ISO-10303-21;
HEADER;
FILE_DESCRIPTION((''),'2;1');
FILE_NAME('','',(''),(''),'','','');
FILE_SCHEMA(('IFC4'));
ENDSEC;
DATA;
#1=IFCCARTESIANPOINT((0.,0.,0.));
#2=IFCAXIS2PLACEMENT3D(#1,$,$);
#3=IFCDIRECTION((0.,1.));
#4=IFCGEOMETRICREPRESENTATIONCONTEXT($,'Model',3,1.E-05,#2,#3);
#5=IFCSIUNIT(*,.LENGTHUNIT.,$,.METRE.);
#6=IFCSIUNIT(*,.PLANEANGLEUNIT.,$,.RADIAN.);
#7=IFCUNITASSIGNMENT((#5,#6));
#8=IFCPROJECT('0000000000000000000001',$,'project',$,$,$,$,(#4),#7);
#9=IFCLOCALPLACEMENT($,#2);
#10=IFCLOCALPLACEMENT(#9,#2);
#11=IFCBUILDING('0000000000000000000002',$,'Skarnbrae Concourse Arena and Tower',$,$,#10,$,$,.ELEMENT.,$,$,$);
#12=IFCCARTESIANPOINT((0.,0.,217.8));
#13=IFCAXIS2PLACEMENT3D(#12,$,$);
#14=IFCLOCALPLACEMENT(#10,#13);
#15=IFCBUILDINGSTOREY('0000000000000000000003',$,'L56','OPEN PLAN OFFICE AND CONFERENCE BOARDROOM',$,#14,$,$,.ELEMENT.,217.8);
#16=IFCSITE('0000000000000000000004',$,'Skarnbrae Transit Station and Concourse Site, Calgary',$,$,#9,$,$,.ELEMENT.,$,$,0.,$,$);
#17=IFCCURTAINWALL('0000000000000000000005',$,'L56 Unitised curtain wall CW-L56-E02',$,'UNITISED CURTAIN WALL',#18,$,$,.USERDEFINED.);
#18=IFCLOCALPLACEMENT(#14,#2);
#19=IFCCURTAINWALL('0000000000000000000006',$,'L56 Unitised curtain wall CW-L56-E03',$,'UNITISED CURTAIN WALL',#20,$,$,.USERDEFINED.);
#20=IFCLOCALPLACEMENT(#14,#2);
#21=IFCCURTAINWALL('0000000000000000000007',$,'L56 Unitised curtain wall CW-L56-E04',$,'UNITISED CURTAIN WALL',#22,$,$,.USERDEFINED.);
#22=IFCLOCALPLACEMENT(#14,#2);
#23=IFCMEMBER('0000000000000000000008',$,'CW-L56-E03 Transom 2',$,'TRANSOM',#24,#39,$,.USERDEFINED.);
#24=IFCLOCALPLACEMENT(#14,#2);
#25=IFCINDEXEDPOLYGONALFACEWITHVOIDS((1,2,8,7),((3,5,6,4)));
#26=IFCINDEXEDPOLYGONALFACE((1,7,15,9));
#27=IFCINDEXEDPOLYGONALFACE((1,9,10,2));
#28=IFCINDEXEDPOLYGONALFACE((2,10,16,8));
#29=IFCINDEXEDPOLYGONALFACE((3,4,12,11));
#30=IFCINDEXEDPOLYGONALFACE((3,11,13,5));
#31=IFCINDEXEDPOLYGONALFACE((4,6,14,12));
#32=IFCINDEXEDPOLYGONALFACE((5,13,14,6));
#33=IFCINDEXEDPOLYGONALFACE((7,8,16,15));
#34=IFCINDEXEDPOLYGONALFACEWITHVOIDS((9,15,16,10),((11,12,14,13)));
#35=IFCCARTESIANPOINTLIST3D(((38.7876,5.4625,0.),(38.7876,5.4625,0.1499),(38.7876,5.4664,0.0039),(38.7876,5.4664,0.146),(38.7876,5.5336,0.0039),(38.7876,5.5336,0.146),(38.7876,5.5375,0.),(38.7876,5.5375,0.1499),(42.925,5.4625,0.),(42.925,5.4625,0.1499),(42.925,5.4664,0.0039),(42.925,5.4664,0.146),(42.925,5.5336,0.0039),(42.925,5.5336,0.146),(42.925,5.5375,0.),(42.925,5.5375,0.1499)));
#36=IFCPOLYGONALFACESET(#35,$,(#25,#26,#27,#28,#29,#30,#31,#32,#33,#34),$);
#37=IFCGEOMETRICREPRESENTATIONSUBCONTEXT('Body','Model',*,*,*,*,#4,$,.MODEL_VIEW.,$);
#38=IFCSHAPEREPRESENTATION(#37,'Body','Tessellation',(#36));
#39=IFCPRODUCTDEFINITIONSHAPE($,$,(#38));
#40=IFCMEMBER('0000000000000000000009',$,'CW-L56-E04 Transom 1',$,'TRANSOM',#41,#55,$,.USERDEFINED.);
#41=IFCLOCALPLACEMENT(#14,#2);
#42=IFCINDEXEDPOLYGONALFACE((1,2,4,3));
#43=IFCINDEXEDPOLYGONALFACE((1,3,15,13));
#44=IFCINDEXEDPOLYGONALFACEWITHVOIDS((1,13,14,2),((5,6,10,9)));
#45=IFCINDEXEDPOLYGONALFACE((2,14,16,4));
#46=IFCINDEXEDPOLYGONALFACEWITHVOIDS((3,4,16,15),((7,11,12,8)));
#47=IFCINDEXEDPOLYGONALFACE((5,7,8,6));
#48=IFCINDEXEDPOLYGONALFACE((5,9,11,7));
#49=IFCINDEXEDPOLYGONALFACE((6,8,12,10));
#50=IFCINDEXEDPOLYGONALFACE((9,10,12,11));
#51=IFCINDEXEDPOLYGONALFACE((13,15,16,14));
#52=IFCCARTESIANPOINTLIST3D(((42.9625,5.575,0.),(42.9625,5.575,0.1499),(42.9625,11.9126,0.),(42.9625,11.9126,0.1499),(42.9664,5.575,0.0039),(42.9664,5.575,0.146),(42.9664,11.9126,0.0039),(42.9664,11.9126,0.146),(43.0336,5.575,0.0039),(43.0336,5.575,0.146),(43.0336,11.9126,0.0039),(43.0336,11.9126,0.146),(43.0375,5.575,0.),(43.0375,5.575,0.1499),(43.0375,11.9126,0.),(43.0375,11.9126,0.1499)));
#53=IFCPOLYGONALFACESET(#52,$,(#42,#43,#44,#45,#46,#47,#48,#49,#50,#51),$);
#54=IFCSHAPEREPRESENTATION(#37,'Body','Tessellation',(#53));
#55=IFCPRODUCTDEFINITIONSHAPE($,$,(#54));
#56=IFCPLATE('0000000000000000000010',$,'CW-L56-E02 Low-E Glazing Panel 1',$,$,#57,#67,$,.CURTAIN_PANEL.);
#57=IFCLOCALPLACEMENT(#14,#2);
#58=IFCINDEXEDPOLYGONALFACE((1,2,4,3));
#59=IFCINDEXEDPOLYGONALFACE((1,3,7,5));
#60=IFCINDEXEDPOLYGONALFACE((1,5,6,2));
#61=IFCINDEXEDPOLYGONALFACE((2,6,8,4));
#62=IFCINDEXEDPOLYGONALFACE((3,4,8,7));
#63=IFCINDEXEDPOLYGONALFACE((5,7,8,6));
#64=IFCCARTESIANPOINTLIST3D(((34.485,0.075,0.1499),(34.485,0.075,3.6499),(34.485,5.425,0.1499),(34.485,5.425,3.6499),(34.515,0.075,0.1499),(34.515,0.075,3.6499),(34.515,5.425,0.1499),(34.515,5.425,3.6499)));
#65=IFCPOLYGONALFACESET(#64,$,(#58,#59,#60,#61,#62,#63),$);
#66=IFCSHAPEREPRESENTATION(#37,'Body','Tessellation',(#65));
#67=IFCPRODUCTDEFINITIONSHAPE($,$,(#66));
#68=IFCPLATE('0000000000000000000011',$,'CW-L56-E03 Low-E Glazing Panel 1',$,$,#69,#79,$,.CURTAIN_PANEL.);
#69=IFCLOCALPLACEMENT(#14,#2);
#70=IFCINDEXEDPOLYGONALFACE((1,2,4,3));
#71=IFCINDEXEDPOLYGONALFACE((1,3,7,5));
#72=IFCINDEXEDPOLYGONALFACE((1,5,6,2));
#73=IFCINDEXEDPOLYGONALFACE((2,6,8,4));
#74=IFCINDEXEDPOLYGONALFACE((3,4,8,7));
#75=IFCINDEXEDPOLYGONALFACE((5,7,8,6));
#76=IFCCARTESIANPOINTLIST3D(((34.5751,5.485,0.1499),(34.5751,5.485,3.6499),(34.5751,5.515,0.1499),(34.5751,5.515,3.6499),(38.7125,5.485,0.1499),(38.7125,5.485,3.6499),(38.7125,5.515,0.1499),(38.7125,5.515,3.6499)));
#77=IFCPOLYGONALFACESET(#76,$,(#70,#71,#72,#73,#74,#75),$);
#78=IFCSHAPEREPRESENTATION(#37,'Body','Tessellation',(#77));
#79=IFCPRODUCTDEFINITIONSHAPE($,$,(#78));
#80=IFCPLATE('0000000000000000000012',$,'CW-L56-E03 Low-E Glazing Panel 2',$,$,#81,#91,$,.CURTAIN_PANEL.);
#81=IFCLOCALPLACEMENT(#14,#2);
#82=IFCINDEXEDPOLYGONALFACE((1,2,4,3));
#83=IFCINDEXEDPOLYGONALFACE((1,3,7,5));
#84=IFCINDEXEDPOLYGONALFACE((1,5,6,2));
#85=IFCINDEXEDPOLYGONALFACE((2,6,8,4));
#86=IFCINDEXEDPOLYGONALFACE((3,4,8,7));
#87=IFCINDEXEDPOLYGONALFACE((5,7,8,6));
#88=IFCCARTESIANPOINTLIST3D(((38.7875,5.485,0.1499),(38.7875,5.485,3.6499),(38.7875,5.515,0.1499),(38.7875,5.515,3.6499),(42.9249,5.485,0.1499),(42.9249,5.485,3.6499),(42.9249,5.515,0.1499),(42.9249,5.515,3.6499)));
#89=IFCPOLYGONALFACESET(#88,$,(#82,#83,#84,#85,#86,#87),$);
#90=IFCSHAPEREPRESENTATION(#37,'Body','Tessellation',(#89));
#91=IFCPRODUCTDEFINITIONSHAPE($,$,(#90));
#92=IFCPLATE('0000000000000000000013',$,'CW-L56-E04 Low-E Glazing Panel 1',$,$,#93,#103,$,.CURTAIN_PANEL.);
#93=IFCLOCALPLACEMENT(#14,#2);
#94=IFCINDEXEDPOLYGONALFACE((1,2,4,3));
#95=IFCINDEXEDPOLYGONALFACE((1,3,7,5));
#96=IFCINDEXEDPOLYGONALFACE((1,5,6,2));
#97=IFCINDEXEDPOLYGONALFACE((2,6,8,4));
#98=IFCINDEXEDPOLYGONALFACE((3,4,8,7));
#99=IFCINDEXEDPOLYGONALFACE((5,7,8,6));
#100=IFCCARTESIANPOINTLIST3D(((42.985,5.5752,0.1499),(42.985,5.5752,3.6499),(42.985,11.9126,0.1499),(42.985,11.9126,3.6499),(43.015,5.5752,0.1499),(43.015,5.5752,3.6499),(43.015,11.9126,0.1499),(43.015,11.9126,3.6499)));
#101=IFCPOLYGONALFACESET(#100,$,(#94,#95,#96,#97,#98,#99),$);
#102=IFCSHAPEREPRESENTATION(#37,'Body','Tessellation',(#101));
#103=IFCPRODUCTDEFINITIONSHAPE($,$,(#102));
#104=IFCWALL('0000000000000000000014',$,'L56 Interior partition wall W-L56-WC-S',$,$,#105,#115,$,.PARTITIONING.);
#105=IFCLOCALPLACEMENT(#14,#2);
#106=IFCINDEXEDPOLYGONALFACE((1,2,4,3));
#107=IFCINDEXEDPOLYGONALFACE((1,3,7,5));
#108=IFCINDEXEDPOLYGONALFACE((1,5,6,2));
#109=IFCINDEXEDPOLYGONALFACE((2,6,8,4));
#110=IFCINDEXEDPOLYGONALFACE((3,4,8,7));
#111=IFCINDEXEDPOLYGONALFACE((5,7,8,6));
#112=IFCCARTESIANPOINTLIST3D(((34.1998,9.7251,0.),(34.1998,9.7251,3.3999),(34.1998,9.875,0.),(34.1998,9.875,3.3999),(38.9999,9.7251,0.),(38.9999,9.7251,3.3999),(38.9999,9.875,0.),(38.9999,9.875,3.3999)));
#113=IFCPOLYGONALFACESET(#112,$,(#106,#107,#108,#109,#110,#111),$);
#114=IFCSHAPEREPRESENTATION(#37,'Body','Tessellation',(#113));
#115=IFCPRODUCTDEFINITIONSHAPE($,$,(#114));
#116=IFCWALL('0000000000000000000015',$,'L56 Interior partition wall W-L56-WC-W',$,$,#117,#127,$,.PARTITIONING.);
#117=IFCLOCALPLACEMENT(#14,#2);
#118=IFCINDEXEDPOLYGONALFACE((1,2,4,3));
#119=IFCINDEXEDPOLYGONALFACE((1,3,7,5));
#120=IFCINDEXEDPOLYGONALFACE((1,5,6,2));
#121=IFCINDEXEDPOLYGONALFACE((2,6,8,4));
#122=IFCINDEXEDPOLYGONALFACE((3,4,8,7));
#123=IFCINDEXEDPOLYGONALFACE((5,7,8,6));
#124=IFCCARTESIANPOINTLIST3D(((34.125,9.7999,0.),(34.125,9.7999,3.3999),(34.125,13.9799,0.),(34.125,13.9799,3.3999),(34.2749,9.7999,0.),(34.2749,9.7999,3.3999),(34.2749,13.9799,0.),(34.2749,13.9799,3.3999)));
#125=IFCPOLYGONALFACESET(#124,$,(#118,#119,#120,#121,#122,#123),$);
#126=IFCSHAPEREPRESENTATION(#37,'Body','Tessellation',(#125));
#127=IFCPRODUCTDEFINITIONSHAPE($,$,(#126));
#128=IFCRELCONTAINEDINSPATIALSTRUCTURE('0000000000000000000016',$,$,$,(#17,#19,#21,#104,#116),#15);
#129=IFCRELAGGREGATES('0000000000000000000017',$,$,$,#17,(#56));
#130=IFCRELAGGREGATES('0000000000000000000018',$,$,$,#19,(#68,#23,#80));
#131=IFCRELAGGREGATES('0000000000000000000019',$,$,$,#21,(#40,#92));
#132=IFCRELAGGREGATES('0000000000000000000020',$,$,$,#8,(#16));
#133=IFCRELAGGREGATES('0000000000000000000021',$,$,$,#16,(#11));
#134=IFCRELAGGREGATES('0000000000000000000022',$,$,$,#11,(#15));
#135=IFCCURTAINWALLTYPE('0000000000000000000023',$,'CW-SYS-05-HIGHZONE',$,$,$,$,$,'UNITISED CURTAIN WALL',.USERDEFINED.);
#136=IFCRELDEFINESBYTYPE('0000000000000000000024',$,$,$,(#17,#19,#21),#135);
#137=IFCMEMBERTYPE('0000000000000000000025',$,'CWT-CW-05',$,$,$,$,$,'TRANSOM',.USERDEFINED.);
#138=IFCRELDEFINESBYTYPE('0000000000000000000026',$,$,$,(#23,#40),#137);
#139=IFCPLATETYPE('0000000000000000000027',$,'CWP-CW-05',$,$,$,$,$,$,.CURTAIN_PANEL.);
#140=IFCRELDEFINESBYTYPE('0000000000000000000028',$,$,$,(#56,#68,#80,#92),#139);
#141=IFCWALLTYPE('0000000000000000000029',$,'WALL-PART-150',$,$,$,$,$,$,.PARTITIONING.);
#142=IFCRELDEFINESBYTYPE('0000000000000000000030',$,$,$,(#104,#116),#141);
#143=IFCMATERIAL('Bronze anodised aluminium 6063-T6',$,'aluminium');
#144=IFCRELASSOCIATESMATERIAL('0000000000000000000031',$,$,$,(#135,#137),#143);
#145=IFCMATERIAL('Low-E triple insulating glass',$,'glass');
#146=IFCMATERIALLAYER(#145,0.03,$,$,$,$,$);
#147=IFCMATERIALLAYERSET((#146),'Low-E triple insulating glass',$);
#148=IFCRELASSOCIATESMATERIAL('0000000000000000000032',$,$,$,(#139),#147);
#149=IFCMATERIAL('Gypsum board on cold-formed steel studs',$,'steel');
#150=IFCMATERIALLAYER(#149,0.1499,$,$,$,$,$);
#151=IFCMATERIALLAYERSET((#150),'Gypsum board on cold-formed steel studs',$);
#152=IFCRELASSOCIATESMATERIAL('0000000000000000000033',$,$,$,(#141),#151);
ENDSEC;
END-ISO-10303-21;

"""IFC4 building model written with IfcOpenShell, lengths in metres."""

from ifc_helpers import new_model, si_unit, direction, frame, frame_2d, origin, origin_2d, place, context, subcontext, project, spatial, rectangle, hollow_rectangle, extrude, source, transform, mapped, material, layer, layer_set, material_profile, profile_set, type_object, element, aggregate, save


model = new_model("IFC4")

# Units and contexts
model_context = context("Model", 3, precision=1e-05, world=origin(), true_north=direction((0.0, 1.0)))
body_context = subcontext(model_context, "Body", "Model", "MODEL_VIEW")
ifc_project = project(units=[si_unit("LENGTHUNIT", "METRE"), si_unit("PLANEANGLEUNIT", "RADIAN")], contexts=[model_context])

# Site, building, storey
site_placement = place(None, origin())
site = spatial("IfcSite", under=ifc_project, at=site_placement, Name="Skarnbrae Transit Station and Concourse Site, Calgary", CompositionType="ELEMENT", RefElevation=0.0)
building_placement = place(site_placement, origin())
building = spatial("IfcBuilding", under=site, at=building_placement, Name="Skarnbrae Concourse Arena and Tower", CompositionType="ELEMENT")
storey_placement = place(building_placement, frame((0.0, 0.0, 217.8)))
storey = spatial("IfcBuildingStorey", under=building, at=storey_placement, Name="L56", Description="OPEN PLAN OFFICE AND CONFERENCE BOARDROOM", CompositionType="ELEMENT", Elevation=217.8)

# Curtain walls
ifc_material_1 = material(Name="Bronze anodised aluminium 6063-T6", Category="aluminium")
curtain_wall_type = type_object("IfcCurtainWallType", Name="CW-SYS-05-HIGHZONE", ElementType="UNITISED CURTAIN WALL", PredefinedType="USERDEFINED", material=ifc_material_1)
curtain_wall_1_placement = place(storey_placement, origin())
curtain_wall_1 = element("IfcCurtainWall", 1, at=curtain_wall_1_placement, inside=storey, type_object=curtain_wall_type, Name="L56 Unitised curtain wall CW-L56-E02", ObjectType="UNITISED CURTAIN WALL", PredefinedType="USERDEFINED")
curtain_wall_2_placement = place(storey_placement, origin())
curtain_wall_2 = element("IfcCurtainWall", 2, at=curtain_wall_2_placement, inside=storey, type_object=curtain_wall_type, Name="L56 Unitised curtain wall CW-L56-E03", ObjectType="UNITISED CURTAIN WALL", PredefinedType="USERDEFINED")

# Curtain wall
curtain_wall_3_placement = place(storey_placement, origin())
curtain_wall_3 = element("IfcCurtainWall", 3, at=curtain_wall_3_placement, inside=storey, type_object=curtain_wall_type, Name="L56 Unitised curtain wall CW-L56-E04", ObjectType="UNITISED CURTAIN WALL", PredefinedType="USERDEFINED")

# Members
ifc_material_profile_1 = material_profile(ifc_material_1, hollow_rectangle(XDim=0.075, YDim=0.1499, WallThickness=0.0039, at=origin_2d()), Name="ALU-TRAN-75X150")
ifc_profile_set_1 = profile_set([ifc_material_profile_1], Name="Bronze anodised aluminium 6063-T6")
member_type_1 = type_object("IfcMemberType", Name="CWT-CW-05", ElementType="TRANSOM", PredefinedType="USERDEFINED", material=ifc_profile_set_1)
shared_shape_1 = source(origin(), body_context, "Body", "SweptSolid", [
    extrude(hollow_rectangle(XDim=0.075, YDim=0.1499, WallThickness=0.0039, at=origin_2d()), origin(), (0.0, 0.0, 1.0), 4.1375),
])
member_1_placement = place(storey_placement, frame((38.7876, 5.5, 0.075), z_axis=(1.0, 0.0, 0.0), x_axis=(0.0, 1.0, 0.0)))
member_1 = element("IfcMember", 4, at=member_1_placement, type_object=member_type_1, Name="CW-L56-E03 Transom 2", ObjectType="TRANSOM", PredefinedType="USERDEFINED", context=body_context, shape_type="MappedRepresentation", body=[
    mapped(shared_shape_1, transform((0.0, 0.0, 0.0))),
])
shared_shape_2 = source(origin(), body_context, "Body", "SweptSolid", [
    extrude(hollow_rectangle(XDim=0.075, YDim=0.1499, WallThickness=0.0039, at=origin_2d()), origin(), (0.0, 0.0, 1.0), 6.3376),
])
member_2_placement = place(storey_placement, frame((43.0, 5.575, 0.075), z_axis=(0.0, 1.0, 0.0), x_axis=(-1.0, 0.0, 0.0)))
member_2 = element("IfcMember", 5, at=member_2_placement, type_object=member_type_1, Name="CW-L56-E04 Transom 1", ObjectType="TRANSOM", PredefinedType="USERDEFINED", context=body_context, shape_type="MappedRepresentation", body=[
    mapped(shared_shape_2, transform((0.0, 0.0, 0.0))),
])

# Plates
ifc_material_2 = material(Name="Low-E triple insulating glass", Category="glass")
ifc_layer_1 = layer(ifc_material_2, 0.03)
ifc_layer_set_1 = layer_set([ifc_layer_1], Name="Low-E triple insulating glass")
plate_type = type_object("IfcPlateType", Name="CWP-CW-05", PredefinedType="CURTAIN_PANEL", material=ifc_layer_set_1)
shared_shape_3 = source(origin(), body_context, "Body", "SweptSolid", [
    extrude(rectangle(XDim=5.3501, YDim=0.03, at=origin_2d()), origin(), (0.0, 0.0, 1.0), 3.5),
])
plate_1_placement = place(storey_placement, frame((34.5, 2.75, 0.1499), z_axis=(0.0, 0.0, 1.0), x_axis=(0.0, 1.0, 0.0)))
plate_1 = element("IfcPlate", 6, at=plate_1_placement, type_object=plate_type, Name="CW-L56-E02 Low-E Glazing Panel 1", PredefinedType="CURTAIN_PANEL", context=body_context, shape_type="MappedRepresentation", body=[
    mapped(shared_shape_3, transform((0.0, 0.0, 0.0))),
])
aggregate(curtain_wall_1, [plate_1])
shared_shape_4 = source(origin(), body_context, "Body", "SweptSolid", [
    extrude(rectangle(XDim=4.1375, YDim=0.03, at=origin_2d()), origin(), (0.0, 0.0, 1.0), 3.5),
])
plate_2_placement = place(storey_placement, frame((36.6438, 5.5, 0.1499), z_axis=(0.0, 0.0, 1.0), x_axis=(1.0, 0.0, 0.0)))
plate_2 = element("IfcPlate", 7, at=plate_2_placement, type_object=plate_type, Name="CW-L56-E03 Low-E Glazing Panel 1", PredefinedType="CURTAIN_PANEL", context=body_context, shape_type="MappedRepresentation", body=[
    mapped(shared_shape_4, transform((0.0, 0.0, 0.0))),
])
plate_3_placement = place(storey_placement, frame((40.8562, 5.5, 0.1499), z_axis=(0.0, 0.0, 1.0), x_axis=(1.0, 0.0, 0.0)))
plate_3 = element("IfcPlate", 8, at=plate_3_placement, type_object=plate_type, Name="CW-L56-E03 Low-E Glazing Panel 2", PredefinedType="CURTAIN_PANEL", context=body_context, shape_type="MappedRepresentation", body=[
    mapped(shared_shape_4, transform((0.0, 0.0, 0.0))),
])
aggregate(curtain_wall_2, [plate_2, member_1, plate_3])
shared_shape_5 = source(origin(), body_context, "Body", "SweptSolid", [
    extrude(rectangle(XDim=6.3374, YDim=0.03, at=origin_2d()), origin(), (0.0, 0.0, 1.0), 3.5),
])
plate_4_placement = place(storey_placement, frame((43.0, 8.7439, 0.1499), z_axis=(0.0, 0.0, 1.0), x_axis=(0.0, 1.0, 0.0)))
plate_4 = element("IfcPlate", 9, at=plate_4_placement, type_object=plate_type, Name="CW-L56-E04 Low-E Glazing Panel 1", PredefinedType="CURTAIN_PANEL", context=body_context, shape_type="MappedRepresentation", body=[
    mapped(shared_shape_5, transform((0.0, 0.0, 0.0))),
])
aggregate(curtain_wall_3, [member_2, plate_4])

# Walls
ifc_material_3 = material(Name="Gypsum board on cold-formed steel studs", Category="steel")
ifc_layer_2 = layer(ifc_material_3, 0.1499)
ifc_layer_set_2 = layer_set([ifc_layer_2], Name="Gypsum board on cold-formed steel studs")
wall_type = type_object("IfcWallType", Name="WALL-PART-150", PredefinedType="PARTITIONING", material=ifc_layer_set_2)
shared_shape_6 = source(origin(), body_context, "Body", "SweptSolid", [
    extrude(rectangle(XDim=4.8, YDim=0.1499, at=frame_2d((2.3999, 0.0))), origin(), (0.0, 0.0, 1.0), 3.3999),
])
wall_1_placement = place(storey_placement, frame((34.2, 9.8, 0.0), z_axis=(0.0, 0.0, 1.0), x_axis=(1.0, 0.0, 0.0)))
element("IfcWall", 10, at=wall_1_placement, inside=storey, type_object=wall_type, Name="L56 Interior partition wall W-L56-WC-S", PredefinedType="PARTITIONING", context=body_context, shape_type="MappedRepresentation", body=[
    mapped(shared_shape_6, transform((0.0, 0.0, 0.0))),
])
shared_shape_7 = source(origin(), body_context, "Body", "SweptSolid", [
    extrude(rectangle(XDim=4.1799, YDim=0.1499, at=frame_2d((2.0898, 0.0))), origin(), (0.0, 0.0, 1.0), 3.3999),
])
wall_2_placement = place(storey_placement, frame((34.2, 9.8, 0.0), z_axis=(0.0, 0.0, 1.0), x_axis=(0.0, 1.0, 0.0)))
element("IfcWall", 11, at=wall_2_placement, inside=storey, type_object=wall_type, Name="L56 Interior partition wall W-L56-WC-W", PredefinedType="PARTITIONING", context=body_context, shape_type="MappedRepresentation", body=[
    mapped(shared_shape_7, transform((0.0, 0.0, 0.0))),
])

save(model, "model.ifc")
